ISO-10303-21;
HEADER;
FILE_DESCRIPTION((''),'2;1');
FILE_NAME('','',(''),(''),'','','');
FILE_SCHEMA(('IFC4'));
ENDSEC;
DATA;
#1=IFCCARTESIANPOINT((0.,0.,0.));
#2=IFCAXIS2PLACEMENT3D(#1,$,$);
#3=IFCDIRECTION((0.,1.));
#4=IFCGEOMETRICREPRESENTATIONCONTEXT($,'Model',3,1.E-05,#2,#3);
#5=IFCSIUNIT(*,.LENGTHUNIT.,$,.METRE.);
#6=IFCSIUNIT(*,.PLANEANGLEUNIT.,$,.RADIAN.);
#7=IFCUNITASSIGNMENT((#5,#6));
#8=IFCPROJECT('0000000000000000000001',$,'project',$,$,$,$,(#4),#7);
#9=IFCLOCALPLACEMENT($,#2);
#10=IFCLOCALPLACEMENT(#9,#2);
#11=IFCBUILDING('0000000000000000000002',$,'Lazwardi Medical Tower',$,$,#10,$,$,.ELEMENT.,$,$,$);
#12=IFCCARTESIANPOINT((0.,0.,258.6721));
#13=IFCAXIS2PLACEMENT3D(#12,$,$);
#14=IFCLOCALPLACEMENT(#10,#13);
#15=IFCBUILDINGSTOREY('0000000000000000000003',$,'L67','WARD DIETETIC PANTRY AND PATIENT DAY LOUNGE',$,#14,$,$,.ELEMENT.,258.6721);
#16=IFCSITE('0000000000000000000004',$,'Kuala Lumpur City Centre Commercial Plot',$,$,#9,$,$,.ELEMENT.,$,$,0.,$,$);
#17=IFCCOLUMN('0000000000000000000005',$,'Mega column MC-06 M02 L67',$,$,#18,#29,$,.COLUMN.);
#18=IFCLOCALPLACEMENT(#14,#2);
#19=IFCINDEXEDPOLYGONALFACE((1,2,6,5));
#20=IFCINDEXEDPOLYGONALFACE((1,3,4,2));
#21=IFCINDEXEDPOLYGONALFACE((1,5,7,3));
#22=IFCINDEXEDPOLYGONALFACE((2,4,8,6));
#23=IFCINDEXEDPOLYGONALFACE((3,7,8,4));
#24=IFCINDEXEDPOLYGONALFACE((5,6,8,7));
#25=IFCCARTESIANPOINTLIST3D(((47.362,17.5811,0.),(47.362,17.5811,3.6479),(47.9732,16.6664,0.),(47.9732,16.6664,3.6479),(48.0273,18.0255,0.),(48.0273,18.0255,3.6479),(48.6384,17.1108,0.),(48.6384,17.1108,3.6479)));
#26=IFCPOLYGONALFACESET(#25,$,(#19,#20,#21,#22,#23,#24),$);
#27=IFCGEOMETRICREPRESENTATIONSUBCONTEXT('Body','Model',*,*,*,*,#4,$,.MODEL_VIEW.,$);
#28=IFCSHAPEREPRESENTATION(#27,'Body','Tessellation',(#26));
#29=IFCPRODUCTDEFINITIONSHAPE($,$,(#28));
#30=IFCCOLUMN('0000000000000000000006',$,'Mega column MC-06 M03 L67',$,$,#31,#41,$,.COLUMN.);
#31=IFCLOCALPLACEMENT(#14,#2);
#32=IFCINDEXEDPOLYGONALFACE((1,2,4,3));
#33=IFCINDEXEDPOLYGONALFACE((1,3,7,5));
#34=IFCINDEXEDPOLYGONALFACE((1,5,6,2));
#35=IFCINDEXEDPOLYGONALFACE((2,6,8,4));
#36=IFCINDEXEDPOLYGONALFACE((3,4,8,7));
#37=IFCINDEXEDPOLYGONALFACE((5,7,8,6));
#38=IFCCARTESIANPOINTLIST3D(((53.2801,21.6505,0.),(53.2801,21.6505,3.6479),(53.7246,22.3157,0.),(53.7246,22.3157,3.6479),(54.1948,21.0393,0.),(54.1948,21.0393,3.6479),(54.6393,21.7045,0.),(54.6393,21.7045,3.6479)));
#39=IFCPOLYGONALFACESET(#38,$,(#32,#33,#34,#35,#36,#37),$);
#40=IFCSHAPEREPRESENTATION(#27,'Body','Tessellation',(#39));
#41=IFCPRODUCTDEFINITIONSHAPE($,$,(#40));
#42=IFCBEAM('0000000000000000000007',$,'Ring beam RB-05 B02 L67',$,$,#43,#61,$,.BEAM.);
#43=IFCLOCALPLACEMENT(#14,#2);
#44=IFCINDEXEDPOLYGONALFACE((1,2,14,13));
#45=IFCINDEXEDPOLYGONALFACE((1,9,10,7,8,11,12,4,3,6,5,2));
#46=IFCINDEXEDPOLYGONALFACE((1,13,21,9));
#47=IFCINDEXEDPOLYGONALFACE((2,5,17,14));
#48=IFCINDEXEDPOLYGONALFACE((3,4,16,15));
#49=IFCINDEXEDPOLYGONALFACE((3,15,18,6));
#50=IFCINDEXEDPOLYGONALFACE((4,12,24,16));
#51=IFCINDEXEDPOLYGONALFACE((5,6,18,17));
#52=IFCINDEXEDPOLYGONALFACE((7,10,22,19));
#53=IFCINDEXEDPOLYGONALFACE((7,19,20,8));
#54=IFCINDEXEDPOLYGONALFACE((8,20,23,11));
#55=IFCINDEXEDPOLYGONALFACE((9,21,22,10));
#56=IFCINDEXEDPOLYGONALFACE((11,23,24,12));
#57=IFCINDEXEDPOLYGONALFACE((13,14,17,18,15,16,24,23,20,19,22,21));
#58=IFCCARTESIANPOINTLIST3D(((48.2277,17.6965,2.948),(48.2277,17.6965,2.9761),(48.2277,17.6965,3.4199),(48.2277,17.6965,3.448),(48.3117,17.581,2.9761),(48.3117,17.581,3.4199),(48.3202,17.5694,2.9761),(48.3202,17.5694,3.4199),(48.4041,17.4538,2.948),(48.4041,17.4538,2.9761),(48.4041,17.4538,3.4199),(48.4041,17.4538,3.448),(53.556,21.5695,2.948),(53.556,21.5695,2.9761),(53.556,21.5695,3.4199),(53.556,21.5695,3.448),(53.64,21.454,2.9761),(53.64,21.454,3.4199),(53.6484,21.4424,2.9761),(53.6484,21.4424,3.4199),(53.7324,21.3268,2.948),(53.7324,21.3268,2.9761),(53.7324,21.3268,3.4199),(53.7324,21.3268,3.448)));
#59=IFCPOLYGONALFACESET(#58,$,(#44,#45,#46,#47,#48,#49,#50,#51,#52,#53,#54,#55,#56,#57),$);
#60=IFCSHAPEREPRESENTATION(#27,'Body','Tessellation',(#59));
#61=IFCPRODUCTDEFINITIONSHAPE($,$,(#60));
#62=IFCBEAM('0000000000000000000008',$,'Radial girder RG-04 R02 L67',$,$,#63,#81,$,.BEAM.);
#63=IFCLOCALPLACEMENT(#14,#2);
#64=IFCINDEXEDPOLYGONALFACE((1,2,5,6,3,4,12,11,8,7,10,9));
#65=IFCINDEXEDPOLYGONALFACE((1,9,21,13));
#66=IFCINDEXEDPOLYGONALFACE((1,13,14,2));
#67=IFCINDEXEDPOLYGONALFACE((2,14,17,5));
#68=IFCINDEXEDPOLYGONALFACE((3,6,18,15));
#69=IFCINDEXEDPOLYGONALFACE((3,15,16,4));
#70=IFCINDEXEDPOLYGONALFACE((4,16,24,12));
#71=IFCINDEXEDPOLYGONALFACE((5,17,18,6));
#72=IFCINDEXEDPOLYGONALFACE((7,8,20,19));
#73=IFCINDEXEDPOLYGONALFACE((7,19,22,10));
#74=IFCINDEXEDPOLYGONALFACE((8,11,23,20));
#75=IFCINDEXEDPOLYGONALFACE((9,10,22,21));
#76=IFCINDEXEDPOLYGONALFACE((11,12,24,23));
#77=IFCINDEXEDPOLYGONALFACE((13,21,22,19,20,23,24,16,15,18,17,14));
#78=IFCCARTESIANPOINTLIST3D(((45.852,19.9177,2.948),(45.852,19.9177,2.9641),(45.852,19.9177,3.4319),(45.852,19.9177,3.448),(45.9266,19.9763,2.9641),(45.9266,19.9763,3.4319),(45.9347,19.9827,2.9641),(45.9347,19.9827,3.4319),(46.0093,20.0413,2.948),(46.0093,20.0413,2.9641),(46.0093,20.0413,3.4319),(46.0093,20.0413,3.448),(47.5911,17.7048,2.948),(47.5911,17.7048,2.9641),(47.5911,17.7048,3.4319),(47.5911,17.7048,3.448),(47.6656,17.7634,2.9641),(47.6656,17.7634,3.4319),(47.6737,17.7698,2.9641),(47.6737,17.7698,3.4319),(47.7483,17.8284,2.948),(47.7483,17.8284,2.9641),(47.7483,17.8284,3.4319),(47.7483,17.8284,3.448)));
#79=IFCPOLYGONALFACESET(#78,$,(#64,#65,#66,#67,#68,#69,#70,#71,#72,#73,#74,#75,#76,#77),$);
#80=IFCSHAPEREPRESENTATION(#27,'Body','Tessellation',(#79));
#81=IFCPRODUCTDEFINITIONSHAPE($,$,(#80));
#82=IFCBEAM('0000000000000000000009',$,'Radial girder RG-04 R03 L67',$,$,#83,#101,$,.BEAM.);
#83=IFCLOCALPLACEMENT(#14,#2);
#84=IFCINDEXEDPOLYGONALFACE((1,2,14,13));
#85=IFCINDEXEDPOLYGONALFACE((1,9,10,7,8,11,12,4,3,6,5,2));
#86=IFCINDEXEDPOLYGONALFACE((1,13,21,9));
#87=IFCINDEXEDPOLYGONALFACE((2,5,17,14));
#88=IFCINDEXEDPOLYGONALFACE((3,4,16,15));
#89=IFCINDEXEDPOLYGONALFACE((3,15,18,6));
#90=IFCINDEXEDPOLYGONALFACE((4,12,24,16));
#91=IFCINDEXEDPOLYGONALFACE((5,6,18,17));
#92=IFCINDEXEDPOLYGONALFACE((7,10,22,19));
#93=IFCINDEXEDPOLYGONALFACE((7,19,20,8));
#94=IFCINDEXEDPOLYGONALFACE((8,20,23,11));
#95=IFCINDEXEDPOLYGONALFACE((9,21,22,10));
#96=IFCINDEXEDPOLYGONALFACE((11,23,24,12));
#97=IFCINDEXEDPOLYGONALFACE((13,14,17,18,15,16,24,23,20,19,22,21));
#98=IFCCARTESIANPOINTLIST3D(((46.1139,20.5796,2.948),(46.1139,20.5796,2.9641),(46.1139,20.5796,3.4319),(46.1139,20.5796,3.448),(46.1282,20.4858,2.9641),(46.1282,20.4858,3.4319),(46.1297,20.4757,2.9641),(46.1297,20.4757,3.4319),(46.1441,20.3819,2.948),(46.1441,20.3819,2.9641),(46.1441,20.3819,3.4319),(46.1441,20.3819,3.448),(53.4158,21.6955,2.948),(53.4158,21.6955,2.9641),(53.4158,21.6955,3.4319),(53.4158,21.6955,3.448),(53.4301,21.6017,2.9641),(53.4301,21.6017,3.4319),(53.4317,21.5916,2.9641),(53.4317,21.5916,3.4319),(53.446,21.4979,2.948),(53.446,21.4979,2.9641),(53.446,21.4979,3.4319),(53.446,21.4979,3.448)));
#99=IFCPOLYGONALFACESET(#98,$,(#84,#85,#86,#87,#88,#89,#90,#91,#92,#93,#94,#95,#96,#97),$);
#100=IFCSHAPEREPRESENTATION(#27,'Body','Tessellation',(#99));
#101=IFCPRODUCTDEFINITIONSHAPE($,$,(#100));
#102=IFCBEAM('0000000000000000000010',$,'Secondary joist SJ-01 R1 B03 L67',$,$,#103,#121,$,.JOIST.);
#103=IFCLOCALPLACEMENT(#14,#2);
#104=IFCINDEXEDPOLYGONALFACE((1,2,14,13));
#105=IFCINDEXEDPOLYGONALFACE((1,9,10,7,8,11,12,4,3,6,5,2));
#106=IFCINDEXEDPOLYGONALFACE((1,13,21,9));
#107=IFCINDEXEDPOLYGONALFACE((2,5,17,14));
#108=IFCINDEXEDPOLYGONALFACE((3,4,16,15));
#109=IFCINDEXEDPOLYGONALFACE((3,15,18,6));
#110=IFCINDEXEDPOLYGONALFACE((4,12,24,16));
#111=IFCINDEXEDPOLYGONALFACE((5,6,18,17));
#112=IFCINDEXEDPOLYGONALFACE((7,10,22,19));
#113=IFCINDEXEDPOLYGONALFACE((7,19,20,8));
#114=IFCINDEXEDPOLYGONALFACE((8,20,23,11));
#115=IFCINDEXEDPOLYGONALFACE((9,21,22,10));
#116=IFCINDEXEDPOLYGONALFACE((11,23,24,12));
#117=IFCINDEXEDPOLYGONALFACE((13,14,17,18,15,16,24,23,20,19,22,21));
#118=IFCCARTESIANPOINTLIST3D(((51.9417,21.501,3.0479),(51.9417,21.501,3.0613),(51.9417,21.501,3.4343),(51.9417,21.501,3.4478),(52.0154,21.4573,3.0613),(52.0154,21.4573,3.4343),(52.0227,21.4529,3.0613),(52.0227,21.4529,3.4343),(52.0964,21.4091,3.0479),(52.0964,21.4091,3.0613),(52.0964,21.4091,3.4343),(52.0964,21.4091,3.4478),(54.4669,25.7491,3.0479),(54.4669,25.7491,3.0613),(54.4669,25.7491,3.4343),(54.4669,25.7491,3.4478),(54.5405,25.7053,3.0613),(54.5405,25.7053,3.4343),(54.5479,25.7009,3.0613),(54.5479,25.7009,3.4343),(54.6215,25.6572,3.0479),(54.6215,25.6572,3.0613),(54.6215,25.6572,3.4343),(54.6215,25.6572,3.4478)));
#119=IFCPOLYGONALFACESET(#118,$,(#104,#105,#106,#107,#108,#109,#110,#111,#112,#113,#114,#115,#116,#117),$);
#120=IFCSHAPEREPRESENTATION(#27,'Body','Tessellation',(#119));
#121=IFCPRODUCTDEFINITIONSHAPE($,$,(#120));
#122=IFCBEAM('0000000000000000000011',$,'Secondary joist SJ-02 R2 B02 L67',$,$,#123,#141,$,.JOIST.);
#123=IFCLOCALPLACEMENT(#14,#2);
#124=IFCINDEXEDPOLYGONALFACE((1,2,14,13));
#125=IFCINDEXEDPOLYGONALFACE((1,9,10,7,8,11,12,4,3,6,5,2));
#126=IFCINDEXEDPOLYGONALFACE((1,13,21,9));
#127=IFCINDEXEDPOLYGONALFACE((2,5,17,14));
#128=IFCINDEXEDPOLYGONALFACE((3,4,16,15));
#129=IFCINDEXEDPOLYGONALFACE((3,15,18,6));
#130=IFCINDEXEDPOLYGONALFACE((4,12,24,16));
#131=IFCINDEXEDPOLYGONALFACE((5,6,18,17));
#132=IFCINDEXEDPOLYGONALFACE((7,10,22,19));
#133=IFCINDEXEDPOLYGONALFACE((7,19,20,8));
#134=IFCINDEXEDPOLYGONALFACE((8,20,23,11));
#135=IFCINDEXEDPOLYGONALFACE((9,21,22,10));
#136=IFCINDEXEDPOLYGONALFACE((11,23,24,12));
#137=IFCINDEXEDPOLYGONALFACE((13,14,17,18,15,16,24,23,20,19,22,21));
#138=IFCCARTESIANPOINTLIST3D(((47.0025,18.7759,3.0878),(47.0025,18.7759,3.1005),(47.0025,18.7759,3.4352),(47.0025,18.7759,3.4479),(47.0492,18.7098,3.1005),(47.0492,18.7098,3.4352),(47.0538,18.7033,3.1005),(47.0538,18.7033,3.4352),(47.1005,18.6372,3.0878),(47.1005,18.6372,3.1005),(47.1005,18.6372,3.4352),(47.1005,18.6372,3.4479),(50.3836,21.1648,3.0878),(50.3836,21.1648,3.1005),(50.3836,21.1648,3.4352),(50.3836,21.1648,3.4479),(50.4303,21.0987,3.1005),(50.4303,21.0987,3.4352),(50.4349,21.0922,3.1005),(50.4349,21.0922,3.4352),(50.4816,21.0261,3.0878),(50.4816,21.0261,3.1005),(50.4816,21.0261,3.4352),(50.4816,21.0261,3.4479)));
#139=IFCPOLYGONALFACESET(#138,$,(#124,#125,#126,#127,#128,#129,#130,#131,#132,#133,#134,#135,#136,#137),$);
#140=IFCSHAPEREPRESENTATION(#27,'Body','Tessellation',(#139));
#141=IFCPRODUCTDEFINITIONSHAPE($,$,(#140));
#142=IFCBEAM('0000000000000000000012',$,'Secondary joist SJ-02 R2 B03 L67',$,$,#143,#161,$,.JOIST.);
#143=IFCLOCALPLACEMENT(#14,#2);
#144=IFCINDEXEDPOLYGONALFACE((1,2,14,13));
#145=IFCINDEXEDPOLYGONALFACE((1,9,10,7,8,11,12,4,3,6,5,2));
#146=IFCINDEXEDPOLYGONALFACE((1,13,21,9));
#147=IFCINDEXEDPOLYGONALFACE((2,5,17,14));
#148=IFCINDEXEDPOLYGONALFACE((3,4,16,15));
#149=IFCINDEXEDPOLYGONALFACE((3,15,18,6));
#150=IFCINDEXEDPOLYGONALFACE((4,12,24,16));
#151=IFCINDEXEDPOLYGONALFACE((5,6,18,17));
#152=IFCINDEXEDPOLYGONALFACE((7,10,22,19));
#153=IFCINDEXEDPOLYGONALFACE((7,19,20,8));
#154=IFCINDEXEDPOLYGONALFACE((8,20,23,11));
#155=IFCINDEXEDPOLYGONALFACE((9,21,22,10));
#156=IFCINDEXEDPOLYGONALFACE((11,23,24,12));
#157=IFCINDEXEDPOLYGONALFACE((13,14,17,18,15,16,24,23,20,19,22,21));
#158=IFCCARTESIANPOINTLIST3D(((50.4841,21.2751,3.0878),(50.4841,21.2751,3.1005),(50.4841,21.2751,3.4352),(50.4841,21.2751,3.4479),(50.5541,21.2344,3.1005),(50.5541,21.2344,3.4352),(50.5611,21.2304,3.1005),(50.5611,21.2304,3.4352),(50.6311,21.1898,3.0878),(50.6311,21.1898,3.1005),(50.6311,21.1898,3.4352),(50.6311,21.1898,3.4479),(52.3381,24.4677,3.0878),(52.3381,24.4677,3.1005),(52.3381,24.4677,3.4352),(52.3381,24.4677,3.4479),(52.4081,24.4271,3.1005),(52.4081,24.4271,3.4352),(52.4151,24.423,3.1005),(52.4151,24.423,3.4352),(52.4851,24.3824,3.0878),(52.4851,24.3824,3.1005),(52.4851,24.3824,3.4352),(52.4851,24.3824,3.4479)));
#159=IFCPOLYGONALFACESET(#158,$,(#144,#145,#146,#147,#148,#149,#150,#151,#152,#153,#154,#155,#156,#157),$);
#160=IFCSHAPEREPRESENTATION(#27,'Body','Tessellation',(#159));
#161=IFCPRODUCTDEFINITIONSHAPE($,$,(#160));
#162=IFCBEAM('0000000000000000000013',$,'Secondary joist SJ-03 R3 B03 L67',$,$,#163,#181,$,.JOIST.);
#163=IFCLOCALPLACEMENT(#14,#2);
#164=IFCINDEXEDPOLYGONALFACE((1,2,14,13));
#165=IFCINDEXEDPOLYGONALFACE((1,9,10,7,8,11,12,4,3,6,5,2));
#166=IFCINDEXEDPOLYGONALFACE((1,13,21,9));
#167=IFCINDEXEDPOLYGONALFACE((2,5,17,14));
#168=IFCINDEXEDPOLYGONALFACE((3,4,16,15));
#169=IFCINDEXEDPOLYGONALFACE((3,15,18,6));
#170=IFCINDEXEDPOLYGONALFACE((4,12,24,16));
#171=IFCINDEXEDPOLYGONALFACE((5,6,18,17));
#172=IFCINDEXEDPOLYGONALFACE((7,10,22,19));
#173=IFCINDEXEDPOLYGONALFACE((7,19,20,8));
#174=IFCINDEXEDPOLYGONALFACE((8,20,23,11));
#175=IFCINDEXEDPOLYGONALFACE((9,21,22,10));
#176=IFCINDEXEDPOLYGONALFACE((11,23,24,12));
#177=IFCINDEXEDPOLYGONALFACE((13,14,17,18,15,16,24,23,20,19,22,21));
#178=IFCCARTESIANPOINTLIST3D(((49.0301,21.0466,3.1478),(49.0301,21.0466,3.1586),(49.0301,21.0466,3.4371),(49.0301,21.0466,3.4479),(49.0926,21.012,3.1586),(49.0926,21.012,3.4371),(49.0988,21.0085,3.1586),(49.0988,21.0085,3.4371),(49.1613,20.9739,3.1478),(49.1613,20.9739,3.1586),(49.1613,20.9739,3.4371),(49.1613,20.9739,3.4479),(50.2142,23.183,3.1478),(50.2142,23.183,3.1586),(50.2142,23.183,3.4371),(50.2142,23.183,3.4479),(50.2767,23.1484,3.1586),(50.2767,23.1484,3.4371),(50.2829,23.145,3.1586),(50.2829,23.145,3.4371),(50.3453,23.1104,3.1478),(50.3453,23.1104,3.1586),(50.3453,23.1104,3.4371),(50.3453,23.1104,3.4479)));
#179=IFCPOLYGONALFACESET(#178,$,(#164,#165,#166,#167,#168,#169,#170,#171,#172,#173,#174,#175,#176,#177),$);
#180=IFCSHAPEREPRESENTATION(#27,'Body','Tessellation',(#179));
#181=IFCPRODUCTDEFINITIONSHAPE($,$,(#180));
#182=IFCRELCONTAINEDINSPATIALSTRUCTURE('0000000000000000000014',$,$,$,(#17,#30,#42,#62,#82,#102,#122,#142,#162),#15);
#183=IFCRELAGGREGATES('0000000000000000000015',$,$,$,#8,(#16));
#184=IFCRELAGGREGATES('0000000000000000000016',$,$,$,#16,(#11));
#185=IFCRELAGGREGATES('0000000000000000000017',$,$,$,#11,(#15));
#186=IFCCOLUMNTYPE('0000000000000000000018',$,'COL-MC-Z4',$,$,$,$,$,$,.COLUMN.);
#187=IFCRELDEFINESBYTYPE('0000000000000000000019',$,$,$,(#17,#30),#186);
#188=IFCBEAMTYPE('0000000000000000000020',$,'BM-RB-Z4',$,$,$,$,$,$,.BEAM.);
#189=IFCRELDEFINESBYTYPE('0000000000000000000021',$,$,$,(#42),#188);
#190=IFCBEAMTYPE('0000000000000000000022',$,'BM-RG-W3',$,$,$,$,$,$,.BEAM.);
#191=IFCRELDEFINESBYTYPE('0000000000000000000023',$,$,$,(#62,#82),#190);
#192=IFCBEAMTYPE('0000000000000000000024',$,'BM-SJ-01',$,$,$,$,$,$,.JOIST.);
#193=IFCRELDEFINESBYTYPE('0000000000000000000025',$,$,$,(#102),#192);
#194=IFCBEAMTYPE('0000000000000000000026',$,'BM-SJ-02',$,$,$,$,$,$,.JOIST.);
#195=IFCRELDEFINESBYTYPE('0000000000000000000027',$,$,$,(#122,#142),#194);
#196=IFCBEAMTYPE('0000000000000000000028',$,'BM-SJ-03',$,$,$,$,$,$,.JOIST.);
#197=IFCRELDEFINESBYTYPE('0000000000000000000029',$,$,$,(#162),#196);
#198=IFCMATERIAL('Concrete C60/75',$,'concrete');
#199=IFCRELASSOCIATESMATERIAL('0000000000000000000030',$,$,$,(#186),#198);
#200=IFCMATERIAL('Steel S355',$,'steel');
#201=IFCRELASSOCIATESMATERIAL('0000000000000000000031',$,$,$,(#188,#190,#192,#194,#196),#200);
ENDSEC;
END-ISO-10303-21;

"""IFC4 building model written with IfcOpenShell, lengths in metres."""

from ifc_helpers import new_model, si_unit, direction, frame, origin, origin_2d, place, context, subcontext, project, spatial, rectangle, i_section, extrude, material, material_profile, profile_set, type_object, element, save


model = new_model("IFC4")

# Units and contexts
model_context = context("Model", 3, precision=1e-05, world=origin(), true_north=direction((0.0, 1.0)))
body_context = subcontext(model_context, "Body", "Model", "MODEL_VIEW")
ifc_project = project(units=[si_unit("LENGTHUNIT", "METRE"), si_unit("PLANEANGLEUNIT", "RADIAN")], contexts=[model_context])

# Site, building, storey
site_placement = place(None, origin())
site = spatial("IfcSite", under=ifc_project, at=site_placement, Name="Kuala Lumpur City Centre Commercial Plot", CompositionType="ELEMENT", RefElevation=0.0)
building_placement = place(site_placement, origin())
building = spatial("IfcBuilding", under=site, at=building_placement, Name="Lazwardi Medical Tower", CompositionType="ELEMENT")
storey_placement = place(building_placement, frame((0.0, 0.0, 258.6721)))
storey = spatial("IfcBuildingStorey", under=building, at=storey_placement, Name="L67", Description="WARD DIETETIC PANTRY AND PATIENT DAY LOUNGE", CompositionType="ELEMENT", Elevation=258.6721)

# Columns
ifc_material_1 = material(Name="Concrete C60/75", Category="concrete")
ifc_material_profile_1 = material_profile(ifc_material_1, rectangle(XDim=1.1001, YDim=0.8, at=origin_2d()), Name="CFT-RECT 1100x800")
ifc_profile_set_1 = profile_set([ifc_material_profile_1], Name="Concrete C60/75")
column_type = type_object("IfcColumnType", Name="COL-MC-Z4", PredefinedType="COLUMN", material=ifc_profile_set_1)
for number, where, z_axis, x_axis, name in (
    (1, (48.0002, 17.3459, 0.0), (0.0, 0.0, 1.0), (0.55557, -0.83147, 0.0), "Mega column MC-06 M02 L67"),
    (2, (53.9597, 21.6775, 0.0), (0.0, 0.0, 1.0), (0.83147, -0.55557, 0.0), "Mega column MC-06 M03 L67"),
):
    element("IfcColumn", number, at=place(storey_placement, frame(where, z_axis=z_axis, x_axis=x_axis)), inside=storey, type_object=column_type, Name=name, PredefinedType="COLUMN", context=body_context, shape_type="SweptSolid", body=[
        extrude(rectangle(XDim=1.1001, YDim=0.8, at=origin_2d()), origin(), (0.0, 0.0, 1.0), 3.6479),
    ])

# Beams
ifc_material_2 = material(Name="Steel S355", Category="steel")
ifc_material_profile_2 = material_profile(ifc_material_2, i_section(OverallWidth=0.3, OverallDepth=0.5, WebThickness=0.0144, FlangeThickness=0.0281, at=origin_2d()), Name="HEB 500")
ifc_profile_set_2 = profile_set([ifc_material_profile_2], Name="Steel S355")
beam_type_1 = type_object("IfcBeamType", Name="BM-RB-Z4", PredefinedType="BEAM", material=ifc_profile_set_2)
beam_1_placement = place(storey_placement, frame((48.3159, 17.5752, 3.198), z_axis=(0.80889, 0.58796, 0.0), x_axis=(-0.58796, 0.80889, 0.0)))
element("IfcBeam", 3, at=beam_1_placement, inside=storey, type_object=beam_type_1, Name="Ring beam RB-05 B02 L67", PredefinedType="BEAM", context=body_context, shape_type="SweptSolid", body=[
    extrude(i_section(OverallWidth=0.3, OverallDepth=0.5, WebThickness=0.0144, FlangeThickness=0.0281, at=origin_2d()), origin(), (0.0, 0.0, 1.0), 6.5872),
])
ifc_material_profile_3 = material_profile(ifc_material_2, i_section(OverallWidth=0.2, OverallDepth=0.5, WebThickness=0.0103, FlangeThickness=0.0161, at=origin_2d()), Name="IPE 500")
ifc_profile_set_3 = profile_set([ifc_material_profile_3], Name="Steel S355")
beam_type_2 = type_object("IfcBeamType", Name="BM-RG-W3", PredefinedType="BEAM", material=ifc_profile_set_3)
beam_2_placement = place(storey_placement, frame((47.6697, 17.7666, 3.198), z_axis=(-0.617891, 0.786264, 0.0), x_axis=(-0.786264, -0.617891, 0.0)))
element("IfcBeam", 4, at=beam_2_placement, inside=storey, type_object=beam_type_2, Name="Radial girder RG-04 R02 L67", PredefinedType="BEAM", context=body_context, shape_type="SweptSolid", body=[
    extrude(i_section(OverallWidth=0.2, OverallDepth=0.5, WebThickness=0.0103, FlangeThickness=0.0161, at=origin_2d()), origin(), (0.0, 0.0, 1.0), 2.8145),
])
beam_3_placement = place(storey_placement, frame((53.4309, 21.5967, 3.198), z_axis=(-0.988522, -0.151076, 0.0), x_axis=(0.151076, -0.988522, 0.0)))
element("IfcBeam", 5, at=beam_3_placement, inside=storey, type_object=beam_type_2, Name="Radial girder RG-04 R03 L67", PredefinedType="BEAM", context=body_context, shape_type="SweptSolid", body=[
    extrude(i_section(OverallWidth=0.2, OverallDepth=0.5, WebThickness=0.0103, FlangeThickness=0.0161, at=origin_2d()), origin(), (0.0, 0.0, 1.0), 7.3867),
])
ifc_material_profile_4 = material_profile(ifc_material_2, i_section(OverallWidth=0.1799, OverallDepth=0.3999, WebThickness=0.0085, FlangeThickness=0.0134, at=origin_2d()), Name="IPE 400")
ifc_profile_set_4 = profile_set([ifc_material_profile_4], Name="Steel S355")
beam_type_3 = type_object("IfcBeamType", Name="BM-SJ-01", PredefinedType="JOIST", material=ifc_profile_set_4)
beam_4_placement = place(storey_placement, frame((52.019, 21.4551, 3.2478), z_axis=(0.510968, 0.8596, 0.0), x_axis=(-0.8596, 0.510968, 0.0)))
element("IfcBeam", 6, at=beam_4_placement, inside=storey, type_object=beam_type_3, Name="Secondary joist SJ-01 R1 B03 L67", PredefinedType="JOIST", context=body_context, shape_type="SweptSolid", body=[
    extrude(i_section(OverallWidth=0.1799, OverallDepth=0.3999, WebThickness=0.0085, FlangeThickness=0.0134, at=origin_2d()), origin(), (0.0, 0.0, 1.0), 4.9419),
])
ifc_material_profile_5 = material_profile(ifc_material_2, i_section(OverallWidth=0.1699, OverallDepth=0.3601, WebThickness=0.0081, FlangeThickness=0.0127, at=origin_2d()), Name="IPE 360")
ifc_profile_set_5 = profile_set([ifc_material_profile_5], Name="Steel S355")
beam_type_4 = type_object("IfcBeamType", Name="BM-SJ-02", PredefinedType="JOIST", material=ifc_profile_set_5)
beam_5_placement = place(storey_placement, frame((47.0515, 18.7065, 3.2678), z_axis=(0.816711, 0.577047, 0.0), x_axis=(-0.577047, 0.816711, 0.0)))
element("IfcBeam", 7, at=beam_5_placement, inside=storey, type_object=beam_type_4, Name="Secondary joist SJ-02 R2 B02 L67", PredefinedType="JOIST", context=body_context, shape_type="SweptSolid", body=[
    extrude(i_section(OverallWidth=0.1699, OverallDepth=0.3601, WebThickness=0.0081, FlangeThickness=0.0127, at=origin_2d()), origin(), (0.0, 0.0, 1.0), 4.1399),
])
beam_6_placement = place(storey_placement, frame((50.5576, 21.2324, 3.2678), z_axis=(0.50218, 0.864763, 0.0), x_axis=(-0.864763, 0.50218, 0.0)))
element("IfcBeam", 8, at=beam_6_placement, inside=storey, type_object=beam_type_4, Name="Secondary joist SJ-02 R2 B03 L67", PredefinedType="JOIST", context=body_context, shape_type="SweptSolid", body=[
    extrude(i_section(OverallWidth=0.1699, OverallDepth=0.3601, WebThickness=0.0081, FlangeThickness=0.0127, at=origin_2d()), origin(), (0.0, 0.0, 1.0), 3.6919),
])
ifc_material_profile_6 = material_profile(ifc_material_2, i_section(OverallWidth=0.1499, OverallDepth=0.3, WebThickness=0.0071, FlangeThickness=0.0107, at=origin_2d()), Name="IPE 300")
ifc_profile_set_6 = profile_set([ifc_material_profile_6], Name="Steel S355")
beam_type_5 = type_object("IfcBeamType", Name="BM-SJ-03", PredefinedType="JOIST", material=ifc_profile_set_6)
beam_7_placement = place(storey_placement, frame((49.0957, 21.0103, 3.2979), z_axis=(0.484752, 0.874652, 0.0), x_axis=(-0.874652, 0.484752, 0.0)))
element("IfcBeam", 9, at=beam_7_placement, inside=storey, type_object=beam_type_5, Name="Secondary joist SJ-03 R3 B03 L67", PredefinedType="JOIST", context=body_context, shape_type="SweptSolid", body=[
    extrude(i_section(OverallWidth=0.1499, OverallDepth=0.3, WebThickness=0.0071, FlangeThickness=0.0107, at=origin_2d()), origin(), (0.0, 0.0, 1.0), 2.4426),
])

save(model, "model.ifc")
